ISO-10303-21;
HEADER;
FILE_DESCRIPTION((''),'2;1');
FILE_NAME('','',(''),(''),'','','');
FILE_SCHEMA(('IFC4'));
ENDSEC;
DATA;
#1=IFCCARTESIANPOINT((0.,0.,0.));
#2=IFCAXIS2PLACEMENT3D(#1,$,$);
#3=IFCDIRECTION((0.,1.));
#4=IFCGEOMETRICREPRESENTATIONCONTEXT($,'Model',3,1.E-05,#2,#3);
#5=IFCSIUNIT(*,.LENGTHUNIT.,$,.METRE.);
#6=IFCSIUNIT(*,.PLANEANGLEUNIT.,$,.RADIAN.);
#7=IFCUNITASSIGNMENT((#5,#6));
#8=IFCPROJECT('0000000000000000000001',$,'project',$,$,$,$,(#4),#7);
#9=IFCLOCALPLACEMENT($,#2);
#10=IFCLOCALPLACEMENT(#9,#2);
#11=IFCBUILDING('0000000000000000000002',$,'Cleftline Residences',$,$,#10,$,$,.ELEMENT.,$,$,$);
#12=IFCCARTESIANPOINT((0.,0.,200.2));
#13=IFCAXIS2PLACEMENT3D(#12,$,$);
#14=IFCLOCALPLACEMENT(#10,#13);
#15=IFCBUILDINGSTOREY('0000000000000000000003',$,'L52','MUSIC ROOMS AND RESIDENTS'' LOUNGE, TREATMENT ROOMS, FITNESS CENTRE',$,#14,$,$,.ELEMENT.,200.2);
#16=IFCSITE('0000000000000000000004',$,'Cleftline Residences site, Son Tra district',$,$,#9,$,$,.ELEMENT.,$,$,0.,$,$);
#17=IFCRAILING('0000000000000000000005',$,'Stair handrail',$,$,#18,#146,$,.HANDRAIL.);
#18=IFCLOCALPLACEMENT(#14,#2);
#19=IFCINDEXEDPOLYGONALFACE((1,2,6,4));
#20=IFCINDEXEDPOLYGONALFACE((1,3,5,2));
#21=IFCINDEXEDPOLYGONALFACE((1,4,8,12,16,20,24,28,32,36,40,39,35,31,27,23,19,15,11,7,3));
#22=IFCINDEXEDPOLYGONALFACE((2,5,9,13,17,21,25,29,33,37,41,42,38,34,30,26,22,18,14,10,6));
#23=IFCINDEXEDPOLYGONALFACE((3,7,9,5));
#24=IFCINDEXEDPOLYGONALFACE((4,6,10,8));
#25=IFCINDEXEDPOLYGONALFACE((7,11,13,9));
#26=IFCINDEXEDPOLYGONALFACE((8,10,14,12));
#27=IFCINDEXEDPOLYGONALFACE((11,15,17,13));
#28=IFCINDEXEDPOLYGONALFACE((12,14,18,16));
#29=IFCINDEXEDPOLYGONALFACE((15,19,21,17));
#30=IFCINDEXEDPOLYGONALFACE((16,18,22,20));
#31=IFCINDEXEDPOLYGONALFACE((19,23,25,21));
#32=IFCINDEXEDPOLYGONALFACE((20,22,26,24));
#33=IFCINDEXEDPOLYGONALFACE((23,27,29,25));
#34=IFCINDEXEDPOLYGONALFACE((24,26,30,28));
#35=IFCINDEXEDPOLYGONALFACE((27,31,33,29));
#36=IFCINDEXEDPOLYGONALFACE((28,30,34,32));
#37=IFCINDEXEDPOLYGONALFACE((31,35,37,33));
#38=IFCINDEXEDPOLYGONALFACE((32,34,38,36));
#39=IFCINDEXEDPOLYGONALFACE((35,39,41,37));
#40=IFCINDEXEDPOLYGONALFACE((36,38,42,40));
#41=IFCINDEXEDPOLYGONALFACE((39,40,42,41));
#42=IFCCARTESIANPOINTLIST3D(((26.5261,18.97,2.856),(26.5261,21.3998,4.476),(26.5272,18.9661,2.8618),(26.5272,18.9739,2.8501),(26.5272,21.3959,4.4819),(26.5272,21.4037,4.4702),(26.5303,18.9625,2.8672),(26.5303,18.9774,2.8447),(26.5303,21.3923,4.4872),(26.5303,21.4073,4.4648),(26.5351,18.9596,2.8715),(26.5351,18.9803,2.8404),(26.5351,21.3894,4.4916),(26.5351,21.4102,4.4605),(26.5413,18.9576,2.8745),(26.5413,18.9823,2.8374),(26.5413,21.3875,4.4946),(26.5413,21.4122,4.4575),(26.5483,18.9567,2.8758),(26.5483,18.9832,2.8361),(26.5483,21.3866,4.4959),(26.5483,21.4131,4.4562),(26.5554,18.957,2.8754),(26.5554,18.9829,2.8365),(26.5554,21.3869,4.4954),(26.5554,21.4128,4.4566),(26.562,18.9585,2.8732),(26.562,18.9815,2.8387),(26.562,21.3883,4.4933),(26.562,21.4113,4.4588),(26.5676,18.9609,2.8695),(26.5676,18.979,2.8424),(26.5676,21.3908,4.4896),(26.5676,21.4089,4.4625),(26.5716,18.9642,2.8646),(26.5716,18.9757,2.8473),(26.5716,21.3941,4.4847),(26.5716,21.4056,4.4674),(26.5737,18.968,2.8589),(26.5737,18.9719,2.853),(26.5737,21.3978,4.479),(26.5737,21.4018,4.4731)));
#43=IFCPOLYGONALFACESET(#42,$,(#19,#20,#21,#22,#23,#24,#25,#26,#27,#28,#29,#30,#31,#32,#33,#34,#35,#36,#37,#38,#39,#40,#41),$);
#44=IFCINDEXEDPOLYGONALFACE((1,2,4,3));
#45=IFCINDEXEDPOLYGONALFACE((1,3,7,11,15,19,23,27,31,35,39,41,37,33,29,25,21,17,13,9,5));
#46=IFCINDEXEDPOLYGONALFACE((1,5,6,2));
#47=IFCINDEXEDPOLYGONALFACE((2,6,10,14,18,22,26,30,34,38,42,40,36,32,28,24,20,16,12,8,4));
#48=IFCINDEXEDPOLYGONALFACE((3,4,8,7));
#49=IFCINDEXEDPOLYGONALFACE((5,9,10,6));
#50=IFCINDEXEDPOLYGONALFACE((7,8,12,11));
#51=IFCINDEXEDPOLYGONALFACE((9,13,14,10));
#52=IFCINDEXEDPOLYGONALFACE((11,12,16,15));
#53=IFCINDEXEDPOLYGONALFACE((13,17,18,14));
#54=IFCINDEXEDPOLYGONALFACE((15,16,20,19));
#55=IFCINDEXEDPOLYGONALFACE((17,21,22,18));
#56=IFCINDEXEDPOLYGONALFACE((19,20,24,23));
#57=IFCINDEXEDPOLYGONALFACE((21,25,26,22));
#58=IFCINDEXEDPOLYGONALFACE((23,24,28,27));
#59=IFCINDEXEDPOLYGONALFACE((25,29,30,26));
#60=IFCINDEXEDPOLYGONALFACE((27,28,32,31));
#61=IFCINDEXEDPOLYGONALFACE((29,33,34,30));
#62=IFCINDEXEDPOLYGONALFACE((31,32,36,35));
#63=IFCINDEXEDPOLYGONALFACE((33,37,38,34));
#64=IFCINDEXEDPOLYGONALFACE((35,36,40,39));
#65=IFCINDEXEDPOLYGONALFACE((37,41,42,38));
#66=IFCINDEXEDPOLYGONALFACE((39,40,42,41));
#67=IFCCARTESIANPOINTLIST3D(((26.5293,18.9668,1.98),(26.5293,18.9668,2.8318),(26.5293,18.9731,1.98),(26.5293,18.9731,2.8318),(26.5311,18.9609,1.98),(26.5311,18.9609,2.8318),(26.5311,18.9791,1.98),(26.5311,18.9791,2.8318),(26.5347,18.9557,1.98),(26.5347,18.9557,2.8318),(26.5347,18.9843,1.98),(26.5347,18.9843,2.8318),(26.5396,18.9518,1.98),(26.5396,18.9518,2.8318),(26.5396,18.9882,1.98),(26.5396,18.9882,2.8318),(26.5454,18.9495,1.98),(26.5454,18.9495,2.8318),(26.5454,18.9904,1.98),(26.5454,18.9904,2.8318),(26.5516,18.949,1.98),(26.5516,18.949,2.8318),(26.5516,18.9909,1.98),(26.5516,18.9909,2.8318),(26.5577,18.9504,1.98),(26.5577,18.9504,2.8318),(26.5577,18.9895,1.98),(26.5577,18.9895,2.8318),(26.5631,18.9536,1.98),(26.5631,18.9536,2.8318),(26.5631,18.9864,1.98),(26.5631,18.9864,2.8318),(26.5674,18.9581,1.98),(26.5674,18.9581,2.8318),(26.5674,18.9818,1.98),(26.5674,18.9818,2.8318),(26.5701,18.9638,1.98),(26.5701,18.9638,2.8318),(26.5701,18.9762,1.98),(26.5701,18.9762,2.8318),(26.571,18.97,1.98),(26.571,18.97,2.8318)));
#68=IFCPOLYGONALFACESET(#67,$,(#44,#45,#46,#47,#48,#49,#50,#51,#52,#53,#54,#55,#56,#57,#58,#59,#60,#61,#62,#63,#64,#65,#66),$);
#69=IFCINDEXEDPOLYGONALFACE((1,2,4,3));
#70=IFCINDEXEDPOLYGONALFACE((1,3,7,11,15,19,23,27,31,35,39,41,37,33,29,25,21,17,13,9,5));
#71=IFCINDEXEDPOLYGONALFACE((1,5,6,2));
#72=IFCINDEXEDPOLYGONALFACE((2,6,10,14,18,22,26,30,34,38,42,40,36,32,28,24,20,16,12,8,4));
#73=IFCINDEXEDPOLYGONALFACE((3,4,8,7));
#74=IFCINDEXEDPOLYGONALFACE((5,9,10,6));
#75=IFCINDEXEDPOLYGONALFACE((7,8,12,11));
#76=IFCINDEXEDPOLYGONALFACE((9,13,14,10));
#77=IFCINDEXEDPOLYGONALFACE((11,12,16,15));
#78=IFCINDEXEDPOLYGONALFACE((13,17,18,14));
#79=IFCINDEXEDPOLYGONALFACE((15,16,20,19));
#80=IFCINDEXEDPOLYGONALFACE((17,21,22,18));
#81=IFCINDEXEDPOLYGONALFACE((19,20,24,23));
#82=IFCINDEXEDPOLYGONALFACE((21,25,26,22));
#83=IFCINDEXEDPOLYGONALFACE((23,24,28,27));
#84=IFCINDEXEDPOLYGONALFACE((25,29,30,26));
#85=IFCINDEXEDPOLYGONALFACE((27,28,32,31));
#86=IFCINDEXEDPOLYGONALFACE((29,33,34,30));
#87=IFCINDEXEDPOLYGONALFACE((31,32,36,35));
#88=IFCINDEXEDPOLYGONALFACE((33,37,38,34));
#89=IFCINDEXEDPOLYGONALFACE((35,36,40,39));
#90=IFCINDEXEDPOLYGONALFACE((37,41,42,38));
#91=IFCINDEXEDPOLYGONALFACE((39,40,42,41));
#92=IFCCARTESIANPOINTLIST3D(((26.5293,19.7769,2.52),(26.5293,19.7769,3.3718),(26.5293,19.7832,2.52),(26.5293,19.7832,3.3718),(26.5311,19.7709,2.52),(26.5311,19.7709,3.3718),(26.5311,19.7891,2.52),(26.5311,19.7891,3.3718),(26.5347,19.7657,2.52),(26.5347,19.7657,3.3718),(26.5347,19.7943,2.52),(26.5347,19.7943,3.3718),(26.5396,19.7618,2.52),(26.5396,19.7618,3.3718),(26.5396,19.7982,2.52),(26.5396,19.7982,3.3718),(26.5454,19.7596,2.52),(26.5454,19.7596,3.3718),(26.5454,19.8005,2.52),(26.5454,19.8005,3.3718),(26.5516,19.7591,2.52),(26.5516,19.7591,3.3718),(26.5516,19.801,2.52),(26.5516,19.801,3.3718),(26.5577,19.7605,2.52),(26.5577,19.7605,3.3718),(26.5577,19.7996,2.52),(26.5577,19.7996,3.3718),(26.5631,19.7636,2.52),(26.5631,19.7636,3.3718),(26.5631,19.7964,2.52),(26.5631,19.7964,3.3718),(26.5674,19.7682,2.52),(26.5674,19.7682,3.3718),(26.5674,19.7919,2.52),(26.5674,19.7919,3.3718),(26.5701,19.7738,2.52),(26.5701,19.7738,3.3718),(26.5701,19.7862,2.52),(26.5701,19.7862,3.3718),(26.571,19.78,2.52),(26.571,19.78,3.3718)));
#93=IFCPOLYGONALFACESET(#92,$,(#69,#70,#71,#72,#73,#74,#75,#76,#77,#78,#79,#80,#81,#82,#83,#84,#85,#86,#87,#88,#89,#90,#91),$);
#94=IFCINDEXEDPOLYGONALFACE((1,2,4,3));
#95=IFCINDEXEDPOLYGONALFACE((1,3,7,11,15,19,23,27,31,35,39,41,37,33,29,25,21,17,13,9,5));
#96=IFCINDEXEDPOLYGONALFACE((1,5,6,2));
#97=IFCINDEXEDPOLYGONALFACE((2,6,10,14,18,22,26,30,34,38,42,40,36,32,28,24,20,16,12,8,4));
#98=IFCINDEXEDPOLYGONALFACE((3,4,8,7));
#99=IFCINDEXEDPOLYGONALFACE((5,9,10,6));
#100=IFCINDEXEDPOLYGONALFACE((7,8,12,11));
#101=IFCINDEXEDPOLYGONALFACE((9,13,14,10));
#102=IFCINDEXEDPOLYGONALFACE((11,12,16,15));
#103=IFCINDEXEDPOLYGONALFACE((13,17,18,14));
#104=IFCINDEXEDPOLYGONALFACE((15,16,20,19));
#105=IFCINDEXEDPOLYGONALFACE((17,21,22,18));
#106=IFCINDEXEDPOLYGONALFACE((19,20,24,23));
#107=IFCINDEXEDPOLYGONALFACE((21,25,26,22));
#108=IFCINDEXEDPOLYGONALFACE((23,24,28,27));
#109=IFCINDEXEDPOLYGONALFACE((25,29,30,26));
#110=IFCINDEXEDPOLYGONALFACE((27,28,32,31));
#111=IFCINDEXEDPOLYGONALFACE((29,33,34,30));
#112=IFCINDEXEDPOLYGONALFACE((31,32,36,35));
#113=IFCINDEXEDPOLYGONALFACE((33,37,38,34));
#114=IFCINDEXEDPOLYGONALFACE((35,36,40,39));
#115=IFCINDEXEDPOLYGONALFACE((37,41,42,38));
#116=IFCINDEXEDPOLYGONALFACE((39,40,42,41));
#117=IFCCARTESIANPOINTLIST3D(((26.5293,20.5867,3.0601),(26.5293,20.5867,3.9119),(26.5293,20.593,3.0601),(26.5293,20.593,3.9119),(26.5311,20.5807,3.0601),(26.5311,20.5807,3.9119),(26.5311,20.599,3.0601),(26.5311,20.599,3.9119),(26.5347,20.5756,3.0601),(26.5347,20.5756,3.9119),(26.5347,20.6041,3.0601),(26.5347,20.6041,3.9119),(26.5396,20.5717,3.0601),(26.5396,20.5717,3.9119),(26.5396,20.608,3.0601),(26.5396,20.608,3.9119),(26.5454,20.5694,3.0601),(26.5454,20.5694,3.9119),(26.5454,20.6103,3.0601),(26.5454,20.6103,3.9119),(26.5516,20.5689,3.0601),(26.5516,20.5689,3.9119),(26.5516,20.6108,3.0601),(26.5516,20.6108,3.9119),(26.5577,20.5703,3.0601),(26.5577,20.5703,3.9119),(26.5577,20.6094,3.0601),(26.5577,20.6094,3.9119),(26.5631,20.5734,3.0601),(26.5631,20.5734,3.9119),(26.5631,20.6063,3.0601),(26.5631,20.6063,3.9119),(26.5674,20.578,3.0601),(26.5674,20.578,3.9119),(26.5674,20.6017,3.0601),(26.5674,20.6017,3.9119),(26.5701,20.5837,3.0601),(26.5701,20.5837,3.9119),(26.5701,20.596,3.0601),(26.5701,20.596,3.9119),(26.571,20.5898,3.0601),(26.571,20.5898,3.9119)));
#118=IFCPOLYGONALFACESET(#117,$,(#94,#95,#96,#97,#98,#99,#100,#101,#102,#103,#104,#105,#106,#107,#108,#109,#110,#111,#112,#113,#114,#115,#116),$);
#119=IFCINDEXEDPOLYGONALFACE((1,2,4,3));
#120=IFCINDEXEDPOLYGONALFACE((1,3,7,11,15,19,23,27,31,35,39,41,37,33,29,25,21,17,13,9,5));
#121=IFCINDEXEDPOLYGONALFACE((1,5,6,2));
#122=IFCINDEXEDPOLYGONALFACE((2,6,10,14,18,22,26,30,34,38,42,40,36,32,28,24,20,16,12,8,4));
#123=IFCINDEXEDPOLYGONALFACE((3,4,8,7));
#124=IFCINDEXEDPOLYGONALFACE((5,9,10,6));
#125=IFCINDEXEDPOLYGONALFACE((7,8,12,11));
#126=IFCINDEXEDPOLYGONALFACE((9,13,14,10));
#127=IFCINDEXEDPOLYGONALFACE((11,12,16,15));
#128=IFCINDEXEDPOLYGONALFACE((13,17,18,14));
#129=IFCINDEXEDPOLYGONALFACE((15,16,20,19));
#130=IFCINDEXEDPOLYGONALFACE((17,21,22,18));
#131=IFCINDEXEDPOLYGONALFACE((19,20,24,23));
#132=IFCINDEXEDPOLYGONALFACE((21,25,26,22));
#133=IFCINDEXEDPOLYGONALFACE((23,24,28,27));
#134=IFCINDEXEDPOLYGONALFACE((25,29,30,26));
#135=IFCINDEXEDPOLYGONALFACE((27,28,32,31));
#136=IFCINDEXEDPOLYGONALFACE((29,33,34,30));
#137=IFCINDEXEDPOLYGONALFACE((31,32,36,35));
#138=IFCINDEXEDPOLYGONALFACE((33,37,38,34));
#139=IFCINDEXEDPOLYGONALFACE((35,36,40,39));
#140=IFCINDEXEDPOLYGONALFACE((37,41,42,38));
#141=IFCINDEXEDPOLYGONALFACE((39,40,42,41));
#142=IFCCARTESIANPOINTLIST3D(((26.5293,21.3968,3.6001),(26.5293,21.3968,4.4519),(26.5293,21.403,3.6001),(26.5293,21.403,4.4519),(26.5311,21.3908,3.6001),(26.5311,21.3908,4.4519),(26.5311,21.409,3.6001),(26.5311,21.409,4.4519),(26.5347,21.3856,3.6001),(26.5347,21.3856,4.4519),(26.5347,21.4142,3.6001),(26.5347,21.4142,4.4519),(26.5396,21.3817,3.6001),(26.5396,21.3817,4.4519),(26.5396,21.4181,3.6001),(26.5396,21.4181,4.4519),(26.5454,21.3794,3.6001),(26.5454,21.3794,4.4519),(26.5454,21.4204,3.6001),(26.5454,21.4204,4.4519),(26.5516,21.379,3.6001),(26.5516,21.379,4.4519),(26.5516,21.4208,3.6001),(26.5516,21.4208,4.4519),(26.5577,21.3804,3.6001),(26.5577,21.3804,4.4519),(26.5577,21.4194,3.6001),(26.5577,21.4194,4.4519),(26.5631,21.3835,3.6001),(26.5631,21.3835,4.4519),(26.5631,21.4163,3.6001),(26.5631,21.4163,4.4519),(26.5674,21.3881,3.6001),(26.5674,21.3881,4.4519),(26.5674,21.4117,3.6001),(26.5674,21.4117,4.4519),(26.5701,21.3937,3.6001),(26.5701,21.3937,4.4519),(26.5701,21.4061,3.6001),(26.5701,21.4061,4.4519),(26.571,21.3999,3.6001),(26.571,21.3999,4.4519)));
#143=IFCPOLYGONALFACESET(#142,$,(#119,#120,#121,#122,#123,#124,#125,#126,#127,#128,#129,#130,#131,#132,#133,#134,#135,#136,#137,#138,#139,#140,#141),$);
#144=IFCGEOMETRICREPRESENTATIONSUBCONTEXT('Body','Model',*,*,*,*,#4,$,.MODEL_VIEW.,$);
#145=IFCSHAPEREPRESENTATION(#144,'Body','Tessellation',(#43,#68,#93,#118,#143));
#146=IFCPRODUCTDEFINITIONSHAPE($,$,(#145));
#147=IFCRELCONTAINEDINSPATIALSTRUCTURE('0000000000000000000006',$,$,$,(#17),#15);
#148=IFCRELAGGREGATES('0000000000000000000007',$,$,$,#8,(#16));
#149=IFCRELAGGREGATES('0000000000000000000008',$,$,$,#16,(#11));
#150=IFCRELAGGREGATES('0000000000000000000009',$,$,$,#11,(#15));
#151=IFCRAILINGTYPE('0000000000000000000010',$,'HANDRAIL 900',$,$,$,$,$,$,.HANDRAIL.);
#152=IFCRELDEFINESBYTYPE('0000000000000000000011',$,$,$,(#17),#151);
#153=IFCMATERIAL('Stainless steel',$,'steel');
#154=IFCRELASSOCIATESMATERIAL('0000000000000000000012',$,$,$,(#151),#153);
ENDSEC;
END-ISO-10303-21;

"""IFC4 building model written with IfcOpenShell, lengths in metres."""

from ifc_helpers import new_model, si_unit, direction, frame, origin, origin_2d, place, context, subcontext, project, spatial, circle, extrude, material, type_object, element, save


model = new_model("IFC4")

# Units and contexts
model_context = context("Model", 3, precision=1e-05, world=origin(), true_north=direction((0.0, 1.0)))
body_context = subcontext(model_context, "Body", "Model", "MODEL_VIEW")
ifc_project = project(units=[si_unit("LENGTHUNIT", "METRE"), si_unit("PLANEANGLEUNIT", "RADIAN")], contexts=[model_context])

# Site, building, storey
site_placement = place(None, origin())
site = spatial("IfcSite", under=ifc_project, at=site_placement, Name="Cleftline Residences site, Son Tra district", CompositionType="ELEMENT", RefElevation=0.0)
building_placement = place(site_placement, origin())
building = spatial("IfcBuilding", under=site, at=building_placement, Name="Cleftline Residences", CompositionType="ELEMENT")
storey_placement = place(building_placement, frame((0.0, 0.0, 200.2)))
storey = spatial("IfcBuildingStorey", under=building, at=storey_placement, Name="L52", Description="MUSIC ROOMS AND RESIDENTS' LOUNGE, TREATMENT ROOMS, FITNESS CENTRE", CompositionType="ELEMENT", Elevation=200.2)

# Railing
ifc_material_1 = material(Name="Stainless steel", Category="steel")
railing_type = type_object("IfcRailingType", Name="HANDRAIL 900", PredefinedType="HANDRAIL", material=ifc_material_1)
railing_1_placement = place(storey_placement, frame((26.55, 18.97, 1.98)))
element("IfcRailing", 1, at=railing_1_placement, inside=storey, type_object=railing_type, Name="Stair handrail", PredefinedType="HANDRAIL", context=body_context, shape_type="SweptSolid", body=[
    extrude(circle(Radius=0.0239, at=origin_2d()), frame((0.0, 0.0, 0.876), z_axis=(0.0, 0.832025, 0.554739), x_axis=(-1.0, 0.0, 0.0)), (0.0, 0.0, 1.0), 2.9204),
    extrude(circle(Radius=0.021, at=origin_2d()), origin(), (0.0, 0.0, 1.0), 0.8518),
    extrude(circle(Radius=0.021, at=origin_2d()), frame((0.0, 0.8101, 0.54)), (0.0, 0.0, 1.0), 0.8518),
    extrude(circle(Radius=0.021, at=origin_2d()), frame((0.0, 1.6199, 1.0801)), (0.0, 0.0, 1.0), 0.8518),
    extrude(circle(Radius=0.021, at=origin_2d()), frame((0.0, 2.4299, 1.6201)), (0.0, 0.0, 1.0), 0.8518),
])

save(model, "model.ifc")
